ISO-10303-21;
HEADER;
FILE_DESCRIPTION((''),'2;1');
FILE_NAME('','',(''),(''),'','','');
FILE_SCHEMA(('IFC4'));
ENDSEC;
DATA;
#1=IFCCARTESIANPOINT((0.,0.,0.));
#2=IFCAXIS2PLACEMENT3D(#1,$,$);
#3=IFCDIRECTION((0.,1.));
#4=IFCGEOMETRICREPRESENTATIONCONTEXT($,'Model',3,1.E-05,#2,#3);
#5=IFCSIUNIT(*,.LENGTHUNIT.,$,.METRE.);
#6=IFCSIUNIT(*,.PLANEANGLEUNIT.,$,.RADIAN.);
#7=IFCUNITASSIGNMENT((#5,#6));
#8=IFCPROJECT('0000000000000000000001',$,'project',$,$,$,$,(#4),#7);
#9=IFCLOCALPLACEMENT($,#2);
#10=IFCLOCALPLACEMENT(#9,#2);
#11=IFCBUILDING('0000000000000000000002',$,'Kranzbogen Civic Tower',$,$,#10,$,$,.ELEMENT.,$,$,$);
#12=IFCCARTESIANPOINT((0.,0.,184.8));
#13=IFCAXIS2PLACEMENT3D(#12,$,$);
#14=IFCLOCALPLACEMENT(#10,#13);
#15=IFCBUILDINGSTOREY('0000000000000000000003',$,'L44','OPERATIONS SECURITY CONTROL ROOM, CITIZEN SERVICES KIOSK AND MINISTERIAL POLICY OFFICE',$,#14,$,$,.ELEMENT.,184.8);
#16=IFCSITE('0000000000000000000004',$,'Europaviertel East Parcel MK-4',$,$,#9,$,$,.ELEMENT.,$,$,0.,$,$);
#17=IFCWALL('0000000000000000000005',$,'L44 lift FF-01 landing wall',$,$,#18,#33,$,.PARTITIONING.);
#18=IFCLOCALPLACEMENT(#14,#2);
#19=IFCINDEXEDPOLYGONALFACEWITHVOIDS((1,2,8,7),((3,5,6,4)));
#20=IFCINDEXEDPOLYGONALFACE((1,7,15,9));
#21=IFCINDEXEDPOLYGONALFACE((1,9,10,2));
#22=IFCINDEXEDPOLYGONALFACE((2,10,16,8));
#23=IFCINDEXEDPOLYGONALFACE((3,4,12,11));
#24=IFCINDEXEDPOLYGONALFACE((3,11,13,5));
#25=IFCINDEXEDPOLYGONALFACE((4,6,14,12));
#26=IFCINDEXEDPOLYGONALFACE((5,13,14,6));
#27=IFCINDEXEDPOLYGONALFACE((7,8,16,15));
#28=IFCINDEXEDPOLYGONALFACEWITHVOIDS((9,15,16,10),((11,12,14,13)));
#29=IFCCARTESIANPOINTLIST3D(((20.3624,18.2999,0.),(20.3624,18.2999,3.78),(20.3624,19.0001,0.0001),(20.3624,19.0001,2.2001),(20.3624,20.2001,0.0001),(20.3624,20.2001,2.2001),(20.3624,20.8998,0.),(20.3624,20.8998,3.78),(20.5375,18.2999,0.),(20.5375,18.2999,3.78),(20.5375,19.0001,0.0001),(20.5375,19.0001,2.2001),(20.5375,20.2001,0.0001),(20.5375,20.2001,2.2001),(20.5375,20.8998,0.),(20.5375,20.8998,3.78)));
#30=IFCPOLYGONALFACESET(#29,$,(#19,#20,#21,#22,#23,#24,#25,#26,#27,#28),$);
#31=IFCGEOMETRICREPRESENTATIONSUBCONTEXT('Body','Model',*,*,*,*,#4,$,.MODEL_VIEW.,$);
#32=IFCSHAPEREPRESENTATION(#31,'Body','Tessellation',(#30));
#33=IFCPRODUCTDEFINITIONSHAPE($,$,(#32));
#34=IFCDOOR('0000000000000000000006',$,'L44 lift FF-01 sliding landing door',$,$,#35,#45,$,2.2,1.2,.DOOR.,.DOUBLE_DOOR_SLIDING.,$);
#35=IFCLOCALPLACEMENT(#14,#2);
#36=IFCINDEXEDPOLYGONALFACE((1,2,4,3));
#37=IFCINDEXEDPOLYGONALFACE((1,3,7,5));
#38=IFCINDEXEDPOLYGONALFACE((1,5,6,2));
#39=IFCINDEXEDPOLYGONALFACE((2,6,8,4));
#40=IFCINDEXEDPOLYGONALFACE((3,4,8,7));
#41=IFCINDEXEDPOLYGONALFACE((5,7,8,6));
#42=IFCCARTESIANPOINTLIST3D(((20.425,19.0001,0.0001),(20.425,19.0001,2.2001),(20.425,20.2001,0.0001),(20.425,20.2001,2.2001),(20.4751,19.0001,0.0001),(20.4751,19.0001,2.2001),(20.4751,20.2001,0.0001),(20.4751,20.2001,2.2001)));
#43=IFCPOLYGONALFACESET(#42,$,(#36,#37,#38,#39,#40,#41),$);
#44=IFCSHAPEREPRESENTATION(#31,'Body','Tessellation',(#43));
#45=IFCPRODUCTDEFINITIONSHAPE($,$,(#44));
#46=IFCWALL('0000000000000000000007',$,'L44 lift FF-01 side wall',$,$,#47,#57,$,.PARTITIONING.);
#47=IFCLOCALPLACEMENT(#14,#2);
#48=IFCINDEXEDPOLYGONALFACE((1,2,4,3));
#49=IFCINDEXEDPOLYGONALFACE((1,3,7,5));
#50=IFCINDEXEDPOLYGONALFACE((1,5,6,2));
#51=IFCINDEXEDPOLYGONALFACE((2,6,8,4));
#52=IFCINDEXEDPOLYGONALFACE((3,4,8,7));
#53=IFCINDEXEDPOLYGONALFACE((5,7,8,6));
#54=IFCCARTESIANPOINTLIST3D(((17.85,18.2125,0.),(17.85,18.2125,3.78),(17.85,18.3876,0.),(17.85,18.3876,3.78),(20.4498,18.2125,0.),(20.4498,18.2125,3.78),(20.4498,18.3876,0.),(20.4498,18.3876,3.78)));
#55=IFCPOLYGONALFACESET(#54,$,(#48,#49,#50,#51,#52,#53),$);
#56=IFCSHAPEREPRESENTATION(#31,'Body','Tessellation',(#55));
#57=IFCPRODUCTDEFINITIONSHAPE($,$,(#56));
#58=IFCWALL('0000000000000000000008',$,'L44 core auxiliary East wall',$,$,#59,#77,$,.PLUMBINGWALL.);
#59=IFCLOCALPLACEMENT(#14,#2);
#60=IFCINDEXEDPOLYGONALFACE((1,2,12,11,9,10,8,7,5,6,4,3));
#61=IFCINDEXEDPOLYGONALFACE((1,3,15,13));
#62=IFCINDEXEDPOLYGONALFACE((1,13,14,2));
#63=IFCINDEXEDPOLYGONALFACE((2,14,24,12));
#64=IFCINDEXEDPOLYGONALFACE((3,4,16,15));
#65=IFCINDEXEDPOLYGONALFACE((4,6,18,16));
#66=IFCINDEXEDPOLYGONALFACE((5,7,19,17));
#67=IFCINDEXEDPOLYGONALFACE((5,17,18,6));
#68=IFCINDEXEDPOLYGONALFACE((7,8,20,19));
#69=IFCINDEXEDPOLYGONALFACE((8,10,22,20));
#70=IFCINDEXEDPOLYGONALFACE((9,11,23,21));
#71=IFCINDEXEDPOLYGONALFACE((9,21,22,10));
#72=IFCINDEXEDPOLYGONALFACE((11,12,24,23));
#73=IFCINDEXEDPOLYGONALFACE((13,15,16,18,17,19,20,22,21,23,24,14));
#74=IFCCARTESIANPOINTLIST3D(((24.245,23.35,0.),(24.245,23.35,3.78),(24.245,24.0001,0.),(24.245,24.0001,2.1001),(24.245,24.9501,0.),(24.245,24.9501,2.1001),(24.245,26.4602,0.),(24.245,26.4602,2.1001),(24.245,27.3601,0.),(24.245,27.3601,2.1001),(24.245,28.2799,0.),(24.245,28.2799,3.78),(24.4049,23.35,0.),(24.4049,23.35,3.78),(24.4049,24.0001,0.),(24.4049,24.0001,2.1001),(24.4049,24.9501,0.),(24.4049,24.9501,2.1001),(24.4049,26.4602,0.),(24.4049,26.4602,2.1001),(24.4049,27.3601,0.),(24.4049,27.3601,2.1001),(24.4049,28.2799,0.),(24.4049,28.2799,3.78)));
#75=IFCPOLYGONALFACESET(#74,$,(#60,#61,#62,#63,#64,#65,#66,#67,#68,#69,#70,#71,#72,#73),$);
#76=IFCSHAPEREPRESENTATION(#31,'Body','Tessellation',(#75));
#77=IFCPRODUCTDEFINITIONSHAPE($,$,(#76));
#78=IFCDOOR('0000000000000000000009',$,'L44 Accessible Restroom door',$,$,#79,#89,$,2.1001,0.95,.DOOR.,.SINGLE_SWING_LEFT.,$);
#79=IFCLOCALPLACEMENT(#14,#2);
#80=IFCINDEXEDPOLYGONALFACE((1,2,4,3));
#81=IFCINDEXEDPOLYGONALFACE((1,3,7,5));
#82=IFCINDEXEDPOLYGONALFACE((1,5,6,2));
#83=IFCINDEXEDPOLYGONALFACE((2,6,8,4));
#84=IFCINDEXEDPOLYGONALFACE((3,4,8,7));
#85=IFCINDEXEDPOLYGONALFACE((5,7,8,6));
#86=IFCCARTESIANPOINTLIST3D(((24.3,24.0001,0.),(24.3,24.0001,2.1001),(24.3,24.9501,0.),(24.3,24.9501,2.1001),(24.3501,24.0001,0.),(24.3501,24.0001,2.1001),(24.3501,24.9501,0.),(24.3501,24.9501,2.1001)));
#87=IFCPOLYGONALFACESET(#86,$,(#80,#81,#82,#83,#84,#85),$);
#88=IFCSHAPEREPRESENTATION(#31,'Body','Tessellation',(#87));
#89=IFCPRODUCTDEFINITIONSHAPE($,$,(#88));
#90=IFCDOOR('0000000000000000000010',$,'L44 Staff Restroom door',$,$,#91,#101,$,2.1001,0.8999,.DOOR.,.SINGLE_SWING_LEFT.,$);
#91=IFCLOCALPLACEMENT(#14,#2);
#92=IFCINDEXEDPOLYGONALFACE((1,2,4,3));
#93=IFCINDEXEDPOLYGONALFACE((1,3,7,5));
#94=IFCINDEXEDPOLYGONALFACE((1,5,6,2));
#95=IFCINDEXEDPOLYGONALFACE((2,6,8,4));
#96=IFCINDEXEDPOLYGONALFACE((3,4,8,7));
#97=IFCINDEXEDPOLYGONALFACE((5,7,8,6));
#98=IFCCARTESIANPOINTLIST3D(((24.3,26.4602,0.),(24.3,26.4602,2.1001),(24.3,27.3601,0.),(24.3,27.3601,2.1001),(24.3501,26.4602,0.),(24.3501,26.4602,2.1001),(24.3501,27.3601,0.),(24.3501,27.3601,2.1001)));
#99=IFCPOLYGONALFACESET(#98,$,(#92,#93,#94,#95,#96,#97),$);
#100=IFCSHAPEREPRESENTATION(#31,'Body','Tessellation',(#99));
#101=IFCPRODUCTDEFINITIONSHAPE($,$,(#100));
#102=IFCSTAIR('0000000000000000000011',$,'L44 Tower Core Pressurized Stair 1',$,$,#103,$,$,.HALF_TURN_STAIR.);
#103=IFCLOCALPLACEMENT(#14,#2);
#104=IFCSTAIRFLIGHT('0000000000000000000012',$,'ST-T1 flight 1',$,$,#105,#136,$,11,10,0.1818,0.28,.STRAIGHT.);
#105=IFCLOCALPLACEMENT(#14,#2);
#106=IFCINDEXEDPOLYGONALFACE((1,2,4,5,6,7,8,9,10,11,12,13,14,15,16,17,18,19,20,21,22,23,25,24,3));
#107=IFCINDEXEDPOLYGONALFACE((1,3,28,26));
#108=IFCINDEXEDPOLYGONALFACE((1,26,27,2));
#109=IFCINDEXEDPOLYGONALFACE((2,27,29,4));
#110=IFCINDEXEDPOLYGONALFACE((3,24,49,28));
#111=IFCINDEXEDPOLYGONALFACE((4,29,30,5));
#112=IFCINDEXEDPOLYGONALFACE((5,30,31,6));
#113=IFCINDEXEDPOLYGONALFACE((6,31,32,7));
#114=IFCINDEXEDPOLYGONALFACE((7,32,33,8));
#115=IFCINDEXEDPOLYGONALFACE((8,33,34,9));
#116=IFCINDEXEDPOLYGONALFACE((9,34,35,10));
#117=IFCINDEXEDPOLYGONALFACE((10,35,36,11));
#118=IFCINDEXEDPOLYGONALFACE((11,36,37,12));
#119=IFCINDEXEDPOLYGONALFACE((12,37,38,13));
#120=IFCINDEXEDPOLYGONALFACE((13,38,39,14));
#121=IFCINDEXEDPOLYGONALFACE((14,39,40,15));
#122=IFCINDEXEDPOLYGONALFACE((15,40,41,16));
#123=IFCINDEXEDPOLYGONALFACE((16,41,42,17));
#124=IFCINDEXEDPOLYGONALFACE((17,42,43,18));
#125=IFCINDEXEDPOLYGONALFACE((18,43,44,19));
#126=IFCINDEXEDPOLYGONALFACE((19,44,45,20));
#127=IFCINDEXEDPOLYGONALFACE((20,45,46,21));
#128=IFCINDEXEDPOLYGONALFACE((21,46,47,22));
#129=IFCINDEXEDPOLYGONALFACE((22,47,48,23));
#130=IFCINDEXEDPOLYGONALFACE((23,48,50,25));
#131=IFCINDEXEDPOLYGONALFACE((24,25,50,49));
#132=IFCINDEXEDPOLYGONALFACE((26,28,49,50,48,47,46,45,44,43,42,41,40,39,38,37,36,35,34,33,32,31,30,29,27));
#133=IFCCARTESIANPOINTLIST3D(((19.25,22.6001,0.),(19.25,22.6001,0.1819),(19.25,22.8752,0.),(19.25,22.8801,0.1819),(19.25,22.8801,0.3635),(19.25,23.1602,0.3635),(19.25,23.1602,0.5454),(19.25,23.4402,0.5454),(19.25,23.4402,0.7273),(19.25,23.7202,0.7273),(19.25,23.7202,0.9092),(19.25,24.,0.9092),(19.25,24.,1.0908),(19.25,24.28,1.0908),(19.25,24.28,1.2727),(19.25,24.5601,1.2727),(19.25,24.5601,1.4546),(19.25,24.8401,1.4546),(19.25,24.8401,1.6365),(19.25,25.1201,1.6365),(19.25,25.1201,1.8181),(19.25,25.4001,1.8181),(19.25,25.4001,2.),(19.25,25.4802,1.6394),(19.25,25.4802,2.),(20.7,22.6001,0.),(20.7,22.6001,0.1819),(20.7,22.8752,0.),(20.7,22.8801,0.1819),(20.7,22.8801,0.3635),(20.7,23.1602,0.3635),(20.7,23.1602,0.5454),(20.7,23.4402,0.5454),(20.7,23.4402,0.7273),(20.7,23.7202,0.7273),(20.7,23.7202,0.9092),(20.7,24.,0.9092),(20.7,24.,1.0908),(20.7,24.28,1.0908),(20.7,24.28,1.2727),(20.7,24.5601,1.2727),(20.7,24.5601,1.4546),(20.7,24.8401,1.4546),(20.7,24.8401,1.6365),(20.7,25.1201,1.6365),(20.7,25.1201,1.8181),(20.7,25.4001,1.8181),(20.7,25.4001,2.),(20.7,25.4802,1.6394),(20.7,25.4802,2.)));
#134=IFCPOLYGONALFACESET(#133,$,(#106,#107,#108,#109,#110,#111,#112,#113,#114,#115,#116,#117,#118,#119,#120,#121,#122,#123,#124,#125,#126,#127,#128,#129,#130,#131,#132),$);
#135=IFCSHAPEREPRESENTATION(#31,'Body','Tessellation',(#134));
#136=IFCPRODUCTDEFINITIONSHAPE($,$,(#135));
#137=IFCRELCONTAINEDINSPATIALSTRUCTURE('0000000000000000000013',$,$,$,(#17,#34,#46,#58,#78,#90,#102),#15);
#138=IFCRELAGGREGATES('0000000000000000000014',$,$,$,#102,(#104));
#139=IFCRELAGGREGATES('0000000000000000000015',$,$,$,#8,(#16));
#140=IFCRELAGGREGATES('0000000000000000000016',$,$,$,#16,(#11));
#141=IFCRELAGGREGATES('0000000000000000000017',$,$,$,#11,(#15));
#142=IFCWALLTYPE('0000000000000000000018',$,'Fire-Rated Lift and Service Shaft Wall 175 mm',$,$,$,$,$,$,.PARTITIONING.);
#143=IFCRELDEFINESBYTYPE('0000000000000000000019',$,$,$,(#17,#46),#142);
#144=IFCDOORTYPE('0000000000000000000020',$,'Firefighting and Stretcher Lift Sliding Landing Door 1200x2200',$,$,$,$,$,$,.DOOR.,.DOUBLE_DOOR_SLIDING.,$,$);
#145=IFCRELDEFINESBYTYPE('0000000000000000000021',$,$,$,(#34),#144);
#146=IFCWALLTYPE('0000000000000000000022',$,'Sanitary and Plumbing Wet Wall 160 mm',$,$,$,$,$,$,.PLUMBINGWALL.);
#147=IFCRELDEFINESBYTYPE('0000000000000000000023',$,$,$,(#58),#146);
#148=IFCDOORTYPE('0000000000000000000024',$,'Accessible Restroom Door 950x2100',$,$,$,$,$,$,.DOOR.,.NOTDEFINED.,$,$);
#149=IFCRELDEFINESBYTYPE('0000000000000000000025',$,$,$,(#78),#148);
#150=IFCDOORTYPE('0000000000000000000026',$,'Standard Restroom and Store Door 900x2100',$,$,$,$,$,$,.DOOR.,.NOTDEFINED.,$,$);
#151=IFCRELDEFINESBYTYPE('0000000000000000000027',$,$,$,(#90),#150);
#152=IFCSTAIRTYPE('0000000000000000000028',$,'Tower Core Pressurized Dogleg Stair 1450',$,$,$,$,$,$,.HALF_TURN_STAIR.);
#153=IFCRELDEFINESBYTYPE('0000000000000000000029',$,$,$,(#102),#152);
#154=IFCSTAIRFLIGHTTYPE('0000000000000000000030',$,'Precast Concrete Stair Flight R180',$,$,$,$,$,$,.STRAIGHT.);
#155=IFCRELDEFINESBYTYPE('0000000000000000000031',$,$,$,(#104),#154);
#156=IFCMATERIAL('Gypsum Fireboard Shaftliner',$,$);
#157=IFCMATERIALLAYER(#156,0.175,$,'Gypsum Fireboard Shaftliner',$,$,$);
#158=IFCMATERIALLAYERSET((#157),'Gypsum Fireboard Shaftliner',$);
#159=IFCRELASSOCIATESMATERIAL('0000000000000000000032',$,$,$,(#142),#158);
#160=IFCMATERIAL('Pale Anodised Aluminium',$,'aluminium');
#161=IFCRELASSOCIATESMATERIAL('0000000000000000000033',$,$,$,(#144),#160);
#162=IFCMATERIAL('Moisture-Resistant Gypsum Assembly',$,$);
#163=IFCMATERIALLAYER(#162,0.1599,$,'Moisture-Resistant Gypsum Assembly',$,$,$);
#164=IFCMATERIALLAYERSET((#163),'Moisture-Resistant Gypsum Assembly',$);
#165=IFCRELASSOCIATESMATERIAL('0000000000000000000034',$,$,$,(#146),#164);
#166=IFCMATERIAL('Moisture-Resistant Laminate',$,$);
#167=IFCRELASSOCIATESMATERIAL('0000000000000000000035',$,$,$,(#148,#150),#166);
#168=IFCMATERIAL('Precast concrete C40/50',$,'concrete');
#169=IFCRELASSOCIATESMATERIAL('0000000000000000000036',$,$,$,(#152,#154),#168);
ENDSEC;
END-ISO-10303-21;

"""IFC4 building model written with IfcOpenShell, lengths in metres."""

from ifc_helpers import new_model, si_unit, direction, frame, frame_2d, origin, place, context, subcontext, project, spatial, polyline, rectangle, outline, extrude, material, layer, layer_set, type_object, element, fill, aggregate, save


model = new_model("IFC4")

# Units and contexts
model_context = context("Model", 3, precision=1e-05, world=origin(), true_north=direction((0.0, 1.0)))
body_context = subcontext(model_context, "Body", "Model", "MODEL_VIEW")
ifc_project = project(units=[si_unit("LENGTHUNIT", "METRE"), si_unit("PLANEANGLEUNIT", "RADIAN")], contexts=[model_context])

# Site, building, storey
site_placement = place(None, origin())
site = spatial("IfcSite", under=ifc_project, at=site_placement, Name="Europaviertel East Parcel MK-4", CompositionType="ELEMENT", RefElevation=0.0)
building_placement = place(site_placement, origin())
building = spatial("IfcBuilding", under=site, at=building_placement, Name="Kranzbogen Civic Tower", CompositionType="ELEMENT")
storey_placement = place(building_placement, frame((0.0, 0.0, 184.8)))
storey = spatial("IfcBuildingStorey", under=building, at=storey_placement, Name="L44", Description="OPERATIONS SECURITY CONTROL ROOM, CITIZEN SERVICES KIOSK AND MINISTERIAL POLICY OFFICE", CompositionType="ELEMENT", Elevation=184.8)

# Shared definitions
ifc_material_1 = material(Name="Gypsum Fireboard Shaftliner")
ifc_layer_1 = layer(ifc_material_1, 0.175, Name="Gypsum Fireboard Shaftliner")
ifc_layer_set_1 = layer_set([ifc_layer_1], Name="Gypsum Fireboard Shaftliner")
wall_type_1 = type_object("IfcWallType", Name="Fire-Rated Lift and Service Shaft Wall 175 mm", PredefinedType="PARTITIONING", material=ifc_layer_set_1)
ifc_material_2 = material(Name="Pale Anodised Aluminium", Category="aluminium")

# Wall, opening, door
wall_1_placement = place(storey_placement, frame((20.45, 18.3, 0.0), z_axis=(0.0, 0.0, 1.0), x_axis=(0.0, 1.0, 0.0)))
wall_1 = element("IfcWall", 1, at=wall_1_placement, inside=storey, type_object=wall_type_1, Name="L44 lift FF-01 landing wall", PredefinedType="PARTITIONING", context=body_context, shape_type="SweptSolid", body=[
    extrude(rectangle(XDim=2.5999, YDim=0.175, at=frame_2d((1.2998, 0.0))), origin(), (0.0, 0.0, 1.0), 3.78),
])
opening_1_placement = place(wall_1_placement, frame((0.7, 0.0, 0.0)))
opening_1 = element("IfcOpeningElement", 2, at=opening_1_placement, cuts=wall_1, PredefinedType="OPENING", context=body_context, shape_type="SweptSolid", body=[
    extrude(rectangle(XDim=1.2, YDim=2.2, at=frame_2d((0.6001, 1.1001))), frame((0.0, 0.0977, 0.0), z_axis=(0.0, -1.0, 0.0), x_axis=(1.0, 0.0, 0.0)), (0.0, 0.0, 1.0), 0.1951),
])
door_type_1 = type_object("IfcDoorType", Name="Firefighting and Stretcher Lift Sliding Landing Door 1200x2200", OperationType="DOUBLE_DOOR_SLIDING", PredefinedType="DOOR", material=ifc_material_2)
door_1_placement = place(opening_1_placement, origin())
door_1 = element("IfcDoor", 3, at=door_1_placement, inside=storey, type_object=door_type_1, Name="L44 lift FF-01 sliding landing door", OperationType="DOUBLE_DOOR_SLIDING", OverallHeight=2.2, OverallWidth=1.2, PredefinedType="DOOR", context=body_context, shape_type="SweptSolid", body=[
    extrude(rectangle(XDim=1.2, YDim=2.2, at=frame_2d((0.6001, 1.1001))), frame((0.0, 0.0249, 0.0), z_axis=(0.0, -1.0, 0.0), x_axis=(1.0, 0.0, 0.0)), (0.0, 0.0, 1.0), 0.05),
])
fill(opening_1, door_1)

# Wall
wall_2_placement = place(storey_placement, frame((17.8501, 18.3, 0.0), z_axis=(0.0, 0.0, 1.0), x_axis=(1.0, 0.0, 0.0)))
element("IfcWall", 4, at=wall_2_placement, inside=storey, type_object=wall_type_1, Name="L44 lift FF-01 side wall", PredefinedType="PARTITIONING", context=body_context, shape_type="SweptSolid", body=[
    extrude(rectangle(XDim=2.5999, YDim=0.175, at=frame_2d((1.2998, 0.0))), origin(), (0.0, 0.0, 1.0), 3.78),
])

# Wall, openings, doors
ifc_material_3 = material(Name="Moisture-Resistant Gypsum Assembly")
ifc_layer_2 = layer(ifc_material_3, 0.1599, Name="Moisture-Resistant Gypsum Assembly")
ifc_layer_set_2 = layer_set([ifc_layer_2], Name="Moisture-Resistant Gypsum Assembly")
wall_type_2 = type_object("IfcWallType", Name="Sanitary and Plumbing Wet Wall 160 mm", PredefinedType="PLUMBINGWALL", material=ifc_layer_set_2)
wall_3_placement = place(storey_placement, frame((24.325, 23.3501, 0.0), z_axis=(0.0, 0.0, 1.0), x_axis=(0.0, 1.0, 0.0)))
wall_3 = element("IfcWall", 5, at=wall_3_placement, inside=storey, type_object=wall_type_2, Name="L44 core auxiliary East wall", PredefinedType="PLUMBINGWALL", context=body_context, shape_type="SweptSolid", body=[
    extrude(rectangle(XDim=4.9299, YDim=0.1599, at=frame_2d((2.4648, 0.0))), origin(), (0.0, 0.0, 1.0), 3.78),
])
opening_2_placement = place(wall_3_placement, frame((0.6499, 0.0, 0.0)))
opening_2 = element("IfcOpeningElement", 6, at=opening_2_placement, cuts=wall_3, PredefinedType="OPENING", context=body_context, shape_type="SweptSolid", body=[
    extrude(rectangle(XDim=0.95, YDim=2.1001, at=frame_2d((0.4751, 1.05))), frame((0.0, 0.0898, 0.0), z_axis=(0.0, -1.0, 0.0), x_axis=(1.0, 0.0, 0.0)), (0.0, 0.0, 1.0), 0.1799),
])
opening_3_placement = place(wall_3_placement, frame((3.1101, 0.0, 0.0)))
opening_3 = element("IfcOpeningElement", 7, at=opening_3_placement, cuts=wall_3, PredefinedType="OPENING", context=body_context, shape_type="SweptSolid", body=[
    extrude(rectangle(XDim=0.8999, YDim=2.1001, at=frame_2d((0.45, 1.05))), frame((0.0, 0.0898, 0.0), z_axis=(0.0, -1.0, 0.0), x_axis=(1.0, 0.0, 0.0)), (0.0, 0.0, 1.0), 0.1799),
])
ifc_material_4 = material(Name="Moisture-Resistant Laminate")
door_type_2 = type_object("IfcDoorType", Name="Accessible Restroom Door 950x2100", OperationType="NOTDEFINED", PredefinedType="DOOR", material=ifc_material_4)
door_2_placement = place(opening_2_placement, origin())
door_2 = element("IfcDoor", 8, at=door_2_placement, inside=storey, type_object=door_type_2, Name="L44 Accessible Restroom door", OperationType="SINGLE_SWING_LEFT", OverallHeight=2.1001, OverallWidth=0.95, PredefinedType="DOOR", context=body_context, shape_type="SweptSolid", body=[
    extrude(rectangle(XDim=0.95, YDim=2.1001, at=frame_2d((0.4751, 1.05))), frame((0.0, 0.0249, 0.0), z_axis=(0.0, -1.0, 0.0), x_axis=(1.0, 0.0, 0.0)), (0.0, 0.0, 1.0), 0.05),
])
fill(opening_2, door_2)
door_type_3 = type_object("IfcDoorType", Name="Standard Restroom and Store Door 900x2100", OperationType="NOTDEFINED", PredefinedType="DOOR", material=ifc_material_4)
door_3_placement = place(opening_3_placement, origin())
door_3 = element("IfcDoor", 9, at=door_3_placement, inside=storey, type_object=door_type_3, Name="L44 Staff Restroom door", OperationType="SINGLE_SWING_LEFT", OverallHeight=2.1001, OverallWidth=0.8999, PredefinedType="DOOR", context=body_context, shape_type="SweptSolid", body=[
    extrude(rectangle(XDim=0.8999, YDim=2.1001, at=frame_2d((0.45, 1.05))), frame((0.0, 0.0249, 0.0), z_axis=(0.0, -1.0, 0.0), x_axis=(1.0, 0.0, 0.0)), (0.0, 0.0, 1.0), 0.05),
])
fill(opening_3, door_3)

# Stair, stair flight
ifc_material_5 = material(Name="Precast concrete C40/50", Category="concrete")
stair_type = type_object("IfcStairType", Name="Tower Core Pressurized Dogleg Stair 1450", PredefinedType="HALF_TURN_STAIR", material=ifc_material_5)
stair_placement = place(storey_placement, origin())
stair = element("IfcStair", 10, at=stair_placement, inside=storey, type_object=stair_type, Name="L44 Tower Core Pressurized Stair 1", PredefinedType="HALF_TURN_STAIR")
stair_flight_type = type_object("IfcStairFlightType", Name="Precast Concrete Stair Flight R180", PredefinedType="STRAIGHT", material=ifc_material_5)
stair_flight_placement = place(storey_placement, frame((19.9751, 22.6001, 0.0), z_axis=(0.0, 0.0, 1.0), x_axis=(0.0, 1.0, 0.0)))
stair_flight = element("IfcStairFlight", 11, at=stair_flight_placement, type_object=stair_flight_type, Name="ST-T1 flight 1", NumberOfRisers=11, NumberOfTreads=10, PredefinedType="STRAIGHT", RiserHeight=0.1818, TreadLength=0.28, context=body_context, shape_type="SweptSolid", body=[
    extrude(outline(polyline([(0.0, 0.0), (0.0, 0.1819), (0.28, 0.1819), (0.28, 0.3635), (0.5601, 0.3635), (0.5601, 0.5454), (0.8401, 0.5454), (0.8401, 0.7273), (1.1201, 0.7273), (1.1201, 0.9092), (1.3999, 0.9092), (1.3999, 1.0908), (1.6799, 1.0908), (1.6799, 1.2727), (1.96, 1.2727), (1.96, 1.4546), (2.24, 1.4546), (2.24, 1.6365), (2.52, 1.6365), (2.52, 1.8181), (2.8, 1.8181), (2.8, 2.0), (2.8801, 2.0), (2.8801, 1.6394), (0.2751, 0.0), (0.0, 0.0)])), frame((0.0, 0.7251, 0.0), z_axis=(0.0, -1.0, 0.0), x_axis=(1.0, 0.0, 0.0)), (0.0, 0.0, 1.0), 1.45),
])
aggregate(stair, [stair_flight])

save(model, "model.ifc")
